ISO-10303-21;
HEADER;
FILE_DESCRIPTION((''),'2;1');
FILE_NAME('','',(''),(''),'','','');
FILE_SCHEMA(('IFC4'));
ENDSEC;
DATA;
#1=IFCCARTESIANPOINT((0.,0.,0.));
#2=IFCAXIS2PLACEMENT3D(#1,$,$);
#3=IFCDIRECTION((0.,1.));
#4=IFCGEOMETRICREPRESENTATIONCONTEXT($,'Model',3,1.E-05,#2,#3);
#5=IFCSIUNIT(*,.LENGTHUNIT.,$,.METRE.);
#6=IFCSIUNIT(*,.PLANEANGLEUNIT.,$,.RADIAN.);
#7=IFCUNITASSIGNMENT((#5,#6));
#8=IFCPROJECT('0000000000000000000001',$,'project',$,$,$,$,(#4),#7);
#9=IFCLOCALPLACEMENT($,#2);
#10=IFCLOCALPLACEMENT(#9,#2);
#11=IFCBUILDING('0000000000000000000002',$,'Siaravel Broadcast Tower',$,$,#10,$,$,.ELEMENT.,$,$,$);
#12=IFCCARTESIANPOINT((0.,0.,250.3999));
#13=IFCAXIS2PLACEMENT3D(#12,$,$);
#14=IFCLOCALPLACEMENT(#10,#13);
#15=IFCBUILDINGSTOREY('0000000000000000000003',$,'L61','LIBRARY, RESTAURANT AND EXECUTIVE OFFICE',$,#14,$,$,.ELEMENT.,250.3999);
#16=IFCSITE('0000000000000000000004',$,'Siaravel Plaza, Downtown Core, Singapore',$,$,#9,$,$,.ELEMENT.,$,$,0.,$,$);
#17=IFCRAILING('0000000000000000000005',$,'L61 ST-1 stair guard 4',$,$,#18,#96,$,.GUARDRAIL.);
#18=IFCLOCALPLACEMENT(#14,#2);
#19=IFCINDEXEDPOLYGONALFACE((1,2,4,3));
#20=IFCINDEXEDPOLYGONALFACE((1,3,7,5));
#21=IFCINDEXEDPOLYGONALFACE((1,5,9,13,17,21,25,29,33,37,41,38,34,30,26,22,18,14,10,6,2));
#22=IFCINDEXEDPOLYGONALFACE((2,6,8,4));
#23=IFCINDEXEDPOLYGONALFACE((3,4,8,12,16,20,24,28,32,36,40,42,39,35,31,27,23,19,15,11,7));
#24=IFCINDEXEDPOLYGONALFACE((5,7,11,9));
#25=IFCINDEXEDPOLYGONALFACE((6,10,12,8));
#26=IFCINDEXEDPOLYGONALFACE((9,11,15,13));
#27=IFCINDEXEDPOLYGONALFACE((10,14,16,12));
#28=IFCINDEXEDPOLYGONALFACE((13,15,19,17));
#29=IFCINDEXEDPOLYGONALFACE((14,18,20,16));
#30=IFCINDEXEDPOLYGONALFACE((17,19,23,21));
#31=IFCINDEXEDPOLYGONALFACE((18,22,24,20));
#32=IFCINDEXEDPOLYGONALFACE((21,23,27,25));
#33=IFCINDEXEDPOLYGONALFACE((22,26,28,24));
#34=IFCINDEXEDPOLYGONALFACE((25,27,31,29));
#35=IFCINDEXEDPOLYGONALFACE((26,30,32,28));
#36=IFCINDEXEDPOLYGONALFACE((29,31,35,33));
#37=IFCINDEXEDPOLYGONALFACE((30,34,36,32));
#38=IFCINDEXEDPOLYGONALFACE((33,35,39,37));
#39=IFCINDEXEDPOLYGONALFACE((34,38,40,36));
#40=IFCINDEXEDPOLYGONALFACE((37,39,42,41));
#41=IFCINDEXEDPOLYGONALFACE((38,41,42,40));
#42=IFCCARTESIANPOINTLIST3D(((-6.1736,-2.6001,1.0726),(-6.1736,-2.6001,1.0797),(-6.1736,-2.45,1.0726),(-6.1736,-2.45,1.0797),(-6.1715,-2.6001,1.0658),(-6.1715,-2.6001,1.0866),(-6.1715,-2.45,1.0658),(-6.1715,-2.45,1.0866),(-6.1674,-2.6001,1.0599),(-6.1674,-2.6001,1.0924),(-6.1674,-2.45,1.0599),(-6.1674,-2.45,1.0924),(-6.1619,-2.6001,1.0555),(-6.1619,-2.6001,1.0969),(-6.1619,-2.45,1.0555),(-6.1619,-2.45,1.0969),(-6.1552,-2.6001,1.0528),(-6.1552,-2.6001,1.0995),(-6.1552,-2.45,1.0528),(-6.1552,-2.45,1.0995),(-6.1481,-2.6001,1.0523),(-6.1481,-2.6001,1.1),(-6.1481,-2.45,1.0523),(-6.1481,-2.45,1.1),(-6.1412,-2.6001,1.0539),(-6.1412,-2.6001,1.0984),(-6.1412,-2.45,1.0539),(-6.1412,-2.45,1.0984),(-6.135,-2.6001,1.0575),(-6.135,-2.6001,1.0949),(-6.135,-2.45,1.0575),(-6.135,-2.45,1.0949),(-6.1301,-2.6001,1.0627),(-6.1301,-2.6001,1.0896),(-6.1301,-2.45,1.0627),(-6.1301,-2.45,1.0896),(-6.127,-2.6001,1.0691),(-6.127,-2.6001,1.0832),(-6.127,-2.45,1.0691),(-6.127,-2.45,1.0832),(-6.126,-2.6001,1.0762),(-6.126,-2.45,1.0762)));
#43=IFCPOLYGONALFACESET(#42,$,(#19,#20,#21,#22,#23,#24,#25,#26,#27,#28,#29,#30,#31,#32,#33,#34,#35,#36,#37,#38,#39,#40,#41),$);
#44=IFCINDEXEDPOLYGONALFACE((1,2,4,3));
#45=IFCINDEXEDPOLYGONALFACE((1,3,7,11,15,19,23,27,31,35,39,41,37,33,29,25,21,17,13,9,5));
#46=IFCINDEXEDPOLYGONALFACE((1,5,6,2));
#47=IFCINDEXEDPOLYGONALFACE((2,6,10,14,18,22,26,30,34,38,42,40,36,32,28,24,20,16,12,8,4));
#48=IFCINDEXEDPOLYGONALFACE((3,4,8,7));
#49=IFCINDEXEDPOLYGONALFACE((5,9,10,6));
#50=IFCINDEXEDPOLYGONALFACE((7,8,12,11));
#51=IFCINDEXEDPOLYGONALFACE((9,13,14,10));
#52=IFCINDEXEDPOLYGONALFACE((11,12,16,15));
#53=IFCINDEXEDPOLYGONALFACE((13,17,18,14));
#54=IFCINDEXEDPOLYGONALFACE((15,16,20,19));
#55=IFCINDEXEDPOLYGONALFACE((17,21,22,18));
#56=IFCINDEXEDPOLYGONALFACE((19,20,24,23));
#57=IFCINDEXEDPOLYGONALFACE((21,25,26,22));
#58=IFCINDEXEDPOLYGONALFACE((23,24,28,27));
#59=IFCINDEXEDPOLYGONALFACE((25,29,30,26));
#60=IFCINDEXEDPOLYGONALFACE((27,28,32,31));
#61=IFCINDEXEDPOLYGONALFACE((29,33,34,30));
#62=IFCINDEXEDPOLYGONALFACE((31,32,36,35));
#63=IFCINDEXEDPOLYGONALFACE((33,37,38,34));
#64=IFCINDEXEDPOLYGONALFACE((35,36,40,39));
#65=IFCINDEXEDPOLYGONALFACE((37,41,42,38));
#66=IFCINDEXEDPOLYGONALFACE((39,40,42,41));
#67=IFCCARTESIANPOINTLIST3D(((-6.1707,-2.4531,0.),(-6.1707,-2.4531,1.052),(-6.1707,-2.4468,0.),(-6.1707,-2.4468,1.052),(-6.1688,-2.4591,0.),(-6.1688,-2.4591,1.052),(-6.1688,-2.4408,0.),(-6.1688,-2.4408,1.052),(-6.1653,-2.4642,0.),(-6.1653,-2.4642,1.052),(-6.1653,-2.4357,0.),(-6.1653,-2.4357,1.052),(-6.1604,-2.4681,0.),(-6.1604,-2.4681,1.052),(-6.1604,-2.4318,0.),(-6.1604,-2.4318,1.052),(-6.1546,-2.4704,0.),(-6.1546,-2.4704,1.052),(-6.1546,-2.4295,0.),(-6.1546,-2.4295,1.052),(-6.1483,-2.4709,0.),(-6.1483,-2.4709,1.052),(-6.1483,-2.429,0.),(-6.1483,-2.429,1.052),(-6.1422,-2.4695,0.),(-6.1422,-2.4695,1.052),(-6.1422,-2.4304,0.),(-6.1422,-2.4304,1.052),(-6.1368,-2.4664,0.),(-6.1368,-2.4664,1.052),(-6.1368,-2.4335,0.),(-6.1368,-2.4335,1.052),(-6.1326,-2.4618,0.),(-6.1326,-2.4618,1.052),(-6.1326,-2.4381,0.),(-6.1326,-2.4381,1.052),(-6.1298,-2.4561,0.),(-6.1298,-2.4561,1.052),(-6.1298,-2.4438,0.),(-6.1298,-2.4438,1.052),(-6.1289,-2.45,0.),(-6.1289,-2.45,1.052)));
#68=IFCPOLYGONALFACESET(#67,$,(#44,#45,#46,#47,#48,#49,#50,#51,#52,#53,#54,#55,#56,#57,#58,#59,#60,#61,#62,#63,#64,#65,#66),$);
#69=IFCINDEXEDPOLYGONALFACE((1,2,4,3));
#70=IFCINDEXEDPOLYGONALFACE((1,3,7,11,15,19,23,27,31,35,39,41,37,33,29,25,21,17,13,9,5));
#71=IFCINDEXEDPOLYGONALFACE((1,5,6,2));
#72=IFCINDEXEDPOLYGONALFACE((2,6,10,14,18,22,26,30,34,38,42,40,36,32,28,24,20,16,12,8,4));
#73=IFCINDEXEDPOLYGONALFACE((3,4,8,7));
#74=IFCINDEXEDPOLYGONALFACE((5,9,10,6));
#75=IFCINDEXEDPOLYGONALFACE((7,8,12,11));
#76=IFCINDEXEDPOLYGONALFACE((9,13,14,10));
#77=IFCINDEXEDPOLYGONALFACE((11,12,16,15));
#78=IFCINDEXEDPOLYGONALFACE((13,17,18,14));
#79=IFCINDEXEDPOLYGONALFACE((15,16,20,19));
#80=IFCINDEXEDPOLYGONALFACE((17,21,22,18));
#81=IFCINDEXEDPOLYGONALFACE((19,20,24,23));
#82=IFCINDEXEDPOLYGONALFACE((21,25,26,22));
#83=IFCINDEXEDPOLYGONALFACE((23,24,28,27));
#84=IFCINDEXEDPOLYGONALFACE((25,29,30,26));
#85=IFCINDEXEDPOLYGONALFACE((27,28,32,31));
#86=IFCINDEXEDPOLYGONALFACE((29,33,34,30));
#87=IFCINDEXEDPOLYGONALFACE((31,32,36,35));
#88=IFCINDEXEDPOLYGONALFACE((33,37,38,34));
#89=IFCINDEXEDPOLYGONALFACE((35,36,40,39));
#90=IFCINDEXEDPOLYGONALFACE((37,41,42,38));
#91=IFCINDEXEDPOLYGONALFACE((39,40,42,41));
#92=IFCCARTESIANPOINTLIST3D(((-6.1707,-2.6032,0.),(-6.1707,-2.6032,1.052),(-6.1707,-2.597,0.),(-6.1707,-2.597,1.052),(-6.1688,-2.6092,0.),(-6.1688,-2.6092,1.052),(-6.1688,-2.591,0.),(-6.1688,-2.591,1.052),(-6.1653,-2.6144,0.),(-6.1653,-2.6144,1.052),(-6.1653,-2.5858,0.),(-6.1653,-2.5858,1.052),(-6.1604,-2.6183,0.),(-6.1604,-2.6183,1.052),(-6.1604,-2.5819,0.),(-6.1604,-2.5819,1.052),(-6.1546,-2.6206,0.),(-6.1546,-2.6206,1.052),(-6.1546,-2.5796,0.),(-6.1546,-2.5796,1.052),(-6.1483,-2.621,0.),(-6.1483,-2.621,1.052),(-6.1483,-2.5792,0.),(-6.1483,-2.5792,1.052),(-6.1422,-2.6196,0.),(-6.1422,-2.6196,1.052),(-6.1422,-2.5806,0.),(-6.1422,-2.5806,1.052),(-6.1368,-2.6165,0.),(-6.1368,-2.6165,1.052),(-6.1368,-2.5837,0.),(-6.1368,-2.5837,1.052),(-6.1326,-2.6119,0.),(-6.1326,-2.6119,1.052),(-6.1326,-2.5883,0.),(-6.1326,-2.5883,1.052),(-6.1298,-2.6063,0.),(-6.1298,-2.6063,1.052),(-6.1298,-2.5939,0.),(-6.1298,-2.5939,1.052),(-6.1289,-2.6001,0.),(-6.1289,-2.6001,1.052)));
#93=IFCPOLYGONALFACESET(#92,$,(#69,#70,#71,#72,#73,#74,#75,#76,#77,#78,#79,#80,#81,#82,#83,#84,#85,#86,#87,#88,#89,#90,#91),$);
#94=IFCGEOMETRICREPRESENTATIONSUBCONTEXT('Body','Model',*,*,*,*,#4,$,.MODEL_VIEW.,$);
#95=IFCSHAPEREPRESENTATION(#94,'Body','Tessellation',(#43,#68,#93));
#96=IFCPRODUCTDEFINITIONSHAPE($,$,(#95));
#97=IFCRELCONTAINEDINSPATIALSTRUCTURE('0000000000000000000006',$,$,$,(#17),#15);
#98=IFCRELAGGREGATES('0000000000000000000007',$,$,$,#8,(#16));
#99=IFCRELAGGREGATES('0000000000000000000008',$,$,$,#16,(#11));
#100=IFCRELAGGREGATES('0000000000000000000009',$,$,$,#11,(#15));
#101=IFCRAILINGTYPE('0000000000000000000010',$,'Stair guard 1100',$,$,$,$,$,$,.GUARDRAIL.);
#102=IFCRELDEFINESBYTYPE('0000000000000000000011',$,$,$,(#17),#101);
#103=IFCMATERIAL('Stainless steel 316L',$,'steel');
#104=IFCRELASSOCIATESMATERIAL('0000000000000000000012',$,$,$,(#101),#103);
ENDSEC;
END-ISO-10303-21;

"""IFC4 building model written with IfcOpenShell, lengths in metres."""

from ifc_helpers import new_model, si_unit, direction, frame, origin, origin_2d, place, context, subcontext, project, spatial, circle, extrude, material, type_object, element, save


model = new_model("IFC4")

# Units and contexts
model_context = context("Model", 3, precision=1e-05, world=origin(), true_north=direction((0.0, 1.0)))
body_context = subcontext(model_context, "Body", "Model", "MODEL_VIEW")
ifc_project = project(units=[si_unit("LENGTHUNIT", "METRE"), si_unit("PLANEANGLEUNIT", "RADIAN")], contexts=[model_context])

# Site, building, storey
site_placement = place(None, origin())
site = spatial("IfcSite", under=ifc_project, at=site_placement, Name="Siaravel Plaza, Downtown Core, Singapore", CompositionType="ELEMENT", RefElevation=0.0)
building_placement = place(site_placement, origin())
building = spatial("IfcBuilding", under=site, at=building_placement, Name="Siaravel Broadcast Tower", CompositionType="ELEMENT")
storey_placement = place(building_placement, frame((0.0, 0.0, 250.3999)))
storey = spatial("IfcBuildingStorey", under=building, at=storey_placement, Name="L61", Description="LIBRARY, RESTAURANT AND EXECUTIVE OFFICE", CompositionType="ELEMENT", Elevation=250.3999)

# Shared definitions
ifc_material_1 = material(Name="Stainless steel 316L", Category="steel")

# Railing
railing_type_1 = type_object("IfcRailingType", Name="Stair guard 1100", PredefinedType="GUARDRAIL", material=ifc_material_1)
railing_1_placement = place(storey_placement, frame((-6.1499, -2.45, 0.0)))
element("IfcRailing", 1, at=railing_1_placement, inside=storey, type_object=railing_type_1, Name="L61 ST-1 stair guard 4", PredefinedType="GUARDRAIL", context=body_context, shape_type="SweptSolid", body=[
    extrude(circle(Radius=0.0239, at=origin_2d()), frame((0.0, 0.0, 1.0762), z_axis=(0.0, -1.0, 0.0), x_axis=(1.0, 0.0, 0.0)), (0.0, 0.0, 1.0), 0.1501),
    extrude(circle(Radius=0.021, at=origin_2d()), origin(), (0.0, 0.0, 1.0), 1.052),
    extrude(circle(Radius=0.021, at=origin_2d()), frame((0.0, -0.1501, 0.0)), (0.0, 0.0, 1.0), 1.052),
])

save(model, "model.ifc")
